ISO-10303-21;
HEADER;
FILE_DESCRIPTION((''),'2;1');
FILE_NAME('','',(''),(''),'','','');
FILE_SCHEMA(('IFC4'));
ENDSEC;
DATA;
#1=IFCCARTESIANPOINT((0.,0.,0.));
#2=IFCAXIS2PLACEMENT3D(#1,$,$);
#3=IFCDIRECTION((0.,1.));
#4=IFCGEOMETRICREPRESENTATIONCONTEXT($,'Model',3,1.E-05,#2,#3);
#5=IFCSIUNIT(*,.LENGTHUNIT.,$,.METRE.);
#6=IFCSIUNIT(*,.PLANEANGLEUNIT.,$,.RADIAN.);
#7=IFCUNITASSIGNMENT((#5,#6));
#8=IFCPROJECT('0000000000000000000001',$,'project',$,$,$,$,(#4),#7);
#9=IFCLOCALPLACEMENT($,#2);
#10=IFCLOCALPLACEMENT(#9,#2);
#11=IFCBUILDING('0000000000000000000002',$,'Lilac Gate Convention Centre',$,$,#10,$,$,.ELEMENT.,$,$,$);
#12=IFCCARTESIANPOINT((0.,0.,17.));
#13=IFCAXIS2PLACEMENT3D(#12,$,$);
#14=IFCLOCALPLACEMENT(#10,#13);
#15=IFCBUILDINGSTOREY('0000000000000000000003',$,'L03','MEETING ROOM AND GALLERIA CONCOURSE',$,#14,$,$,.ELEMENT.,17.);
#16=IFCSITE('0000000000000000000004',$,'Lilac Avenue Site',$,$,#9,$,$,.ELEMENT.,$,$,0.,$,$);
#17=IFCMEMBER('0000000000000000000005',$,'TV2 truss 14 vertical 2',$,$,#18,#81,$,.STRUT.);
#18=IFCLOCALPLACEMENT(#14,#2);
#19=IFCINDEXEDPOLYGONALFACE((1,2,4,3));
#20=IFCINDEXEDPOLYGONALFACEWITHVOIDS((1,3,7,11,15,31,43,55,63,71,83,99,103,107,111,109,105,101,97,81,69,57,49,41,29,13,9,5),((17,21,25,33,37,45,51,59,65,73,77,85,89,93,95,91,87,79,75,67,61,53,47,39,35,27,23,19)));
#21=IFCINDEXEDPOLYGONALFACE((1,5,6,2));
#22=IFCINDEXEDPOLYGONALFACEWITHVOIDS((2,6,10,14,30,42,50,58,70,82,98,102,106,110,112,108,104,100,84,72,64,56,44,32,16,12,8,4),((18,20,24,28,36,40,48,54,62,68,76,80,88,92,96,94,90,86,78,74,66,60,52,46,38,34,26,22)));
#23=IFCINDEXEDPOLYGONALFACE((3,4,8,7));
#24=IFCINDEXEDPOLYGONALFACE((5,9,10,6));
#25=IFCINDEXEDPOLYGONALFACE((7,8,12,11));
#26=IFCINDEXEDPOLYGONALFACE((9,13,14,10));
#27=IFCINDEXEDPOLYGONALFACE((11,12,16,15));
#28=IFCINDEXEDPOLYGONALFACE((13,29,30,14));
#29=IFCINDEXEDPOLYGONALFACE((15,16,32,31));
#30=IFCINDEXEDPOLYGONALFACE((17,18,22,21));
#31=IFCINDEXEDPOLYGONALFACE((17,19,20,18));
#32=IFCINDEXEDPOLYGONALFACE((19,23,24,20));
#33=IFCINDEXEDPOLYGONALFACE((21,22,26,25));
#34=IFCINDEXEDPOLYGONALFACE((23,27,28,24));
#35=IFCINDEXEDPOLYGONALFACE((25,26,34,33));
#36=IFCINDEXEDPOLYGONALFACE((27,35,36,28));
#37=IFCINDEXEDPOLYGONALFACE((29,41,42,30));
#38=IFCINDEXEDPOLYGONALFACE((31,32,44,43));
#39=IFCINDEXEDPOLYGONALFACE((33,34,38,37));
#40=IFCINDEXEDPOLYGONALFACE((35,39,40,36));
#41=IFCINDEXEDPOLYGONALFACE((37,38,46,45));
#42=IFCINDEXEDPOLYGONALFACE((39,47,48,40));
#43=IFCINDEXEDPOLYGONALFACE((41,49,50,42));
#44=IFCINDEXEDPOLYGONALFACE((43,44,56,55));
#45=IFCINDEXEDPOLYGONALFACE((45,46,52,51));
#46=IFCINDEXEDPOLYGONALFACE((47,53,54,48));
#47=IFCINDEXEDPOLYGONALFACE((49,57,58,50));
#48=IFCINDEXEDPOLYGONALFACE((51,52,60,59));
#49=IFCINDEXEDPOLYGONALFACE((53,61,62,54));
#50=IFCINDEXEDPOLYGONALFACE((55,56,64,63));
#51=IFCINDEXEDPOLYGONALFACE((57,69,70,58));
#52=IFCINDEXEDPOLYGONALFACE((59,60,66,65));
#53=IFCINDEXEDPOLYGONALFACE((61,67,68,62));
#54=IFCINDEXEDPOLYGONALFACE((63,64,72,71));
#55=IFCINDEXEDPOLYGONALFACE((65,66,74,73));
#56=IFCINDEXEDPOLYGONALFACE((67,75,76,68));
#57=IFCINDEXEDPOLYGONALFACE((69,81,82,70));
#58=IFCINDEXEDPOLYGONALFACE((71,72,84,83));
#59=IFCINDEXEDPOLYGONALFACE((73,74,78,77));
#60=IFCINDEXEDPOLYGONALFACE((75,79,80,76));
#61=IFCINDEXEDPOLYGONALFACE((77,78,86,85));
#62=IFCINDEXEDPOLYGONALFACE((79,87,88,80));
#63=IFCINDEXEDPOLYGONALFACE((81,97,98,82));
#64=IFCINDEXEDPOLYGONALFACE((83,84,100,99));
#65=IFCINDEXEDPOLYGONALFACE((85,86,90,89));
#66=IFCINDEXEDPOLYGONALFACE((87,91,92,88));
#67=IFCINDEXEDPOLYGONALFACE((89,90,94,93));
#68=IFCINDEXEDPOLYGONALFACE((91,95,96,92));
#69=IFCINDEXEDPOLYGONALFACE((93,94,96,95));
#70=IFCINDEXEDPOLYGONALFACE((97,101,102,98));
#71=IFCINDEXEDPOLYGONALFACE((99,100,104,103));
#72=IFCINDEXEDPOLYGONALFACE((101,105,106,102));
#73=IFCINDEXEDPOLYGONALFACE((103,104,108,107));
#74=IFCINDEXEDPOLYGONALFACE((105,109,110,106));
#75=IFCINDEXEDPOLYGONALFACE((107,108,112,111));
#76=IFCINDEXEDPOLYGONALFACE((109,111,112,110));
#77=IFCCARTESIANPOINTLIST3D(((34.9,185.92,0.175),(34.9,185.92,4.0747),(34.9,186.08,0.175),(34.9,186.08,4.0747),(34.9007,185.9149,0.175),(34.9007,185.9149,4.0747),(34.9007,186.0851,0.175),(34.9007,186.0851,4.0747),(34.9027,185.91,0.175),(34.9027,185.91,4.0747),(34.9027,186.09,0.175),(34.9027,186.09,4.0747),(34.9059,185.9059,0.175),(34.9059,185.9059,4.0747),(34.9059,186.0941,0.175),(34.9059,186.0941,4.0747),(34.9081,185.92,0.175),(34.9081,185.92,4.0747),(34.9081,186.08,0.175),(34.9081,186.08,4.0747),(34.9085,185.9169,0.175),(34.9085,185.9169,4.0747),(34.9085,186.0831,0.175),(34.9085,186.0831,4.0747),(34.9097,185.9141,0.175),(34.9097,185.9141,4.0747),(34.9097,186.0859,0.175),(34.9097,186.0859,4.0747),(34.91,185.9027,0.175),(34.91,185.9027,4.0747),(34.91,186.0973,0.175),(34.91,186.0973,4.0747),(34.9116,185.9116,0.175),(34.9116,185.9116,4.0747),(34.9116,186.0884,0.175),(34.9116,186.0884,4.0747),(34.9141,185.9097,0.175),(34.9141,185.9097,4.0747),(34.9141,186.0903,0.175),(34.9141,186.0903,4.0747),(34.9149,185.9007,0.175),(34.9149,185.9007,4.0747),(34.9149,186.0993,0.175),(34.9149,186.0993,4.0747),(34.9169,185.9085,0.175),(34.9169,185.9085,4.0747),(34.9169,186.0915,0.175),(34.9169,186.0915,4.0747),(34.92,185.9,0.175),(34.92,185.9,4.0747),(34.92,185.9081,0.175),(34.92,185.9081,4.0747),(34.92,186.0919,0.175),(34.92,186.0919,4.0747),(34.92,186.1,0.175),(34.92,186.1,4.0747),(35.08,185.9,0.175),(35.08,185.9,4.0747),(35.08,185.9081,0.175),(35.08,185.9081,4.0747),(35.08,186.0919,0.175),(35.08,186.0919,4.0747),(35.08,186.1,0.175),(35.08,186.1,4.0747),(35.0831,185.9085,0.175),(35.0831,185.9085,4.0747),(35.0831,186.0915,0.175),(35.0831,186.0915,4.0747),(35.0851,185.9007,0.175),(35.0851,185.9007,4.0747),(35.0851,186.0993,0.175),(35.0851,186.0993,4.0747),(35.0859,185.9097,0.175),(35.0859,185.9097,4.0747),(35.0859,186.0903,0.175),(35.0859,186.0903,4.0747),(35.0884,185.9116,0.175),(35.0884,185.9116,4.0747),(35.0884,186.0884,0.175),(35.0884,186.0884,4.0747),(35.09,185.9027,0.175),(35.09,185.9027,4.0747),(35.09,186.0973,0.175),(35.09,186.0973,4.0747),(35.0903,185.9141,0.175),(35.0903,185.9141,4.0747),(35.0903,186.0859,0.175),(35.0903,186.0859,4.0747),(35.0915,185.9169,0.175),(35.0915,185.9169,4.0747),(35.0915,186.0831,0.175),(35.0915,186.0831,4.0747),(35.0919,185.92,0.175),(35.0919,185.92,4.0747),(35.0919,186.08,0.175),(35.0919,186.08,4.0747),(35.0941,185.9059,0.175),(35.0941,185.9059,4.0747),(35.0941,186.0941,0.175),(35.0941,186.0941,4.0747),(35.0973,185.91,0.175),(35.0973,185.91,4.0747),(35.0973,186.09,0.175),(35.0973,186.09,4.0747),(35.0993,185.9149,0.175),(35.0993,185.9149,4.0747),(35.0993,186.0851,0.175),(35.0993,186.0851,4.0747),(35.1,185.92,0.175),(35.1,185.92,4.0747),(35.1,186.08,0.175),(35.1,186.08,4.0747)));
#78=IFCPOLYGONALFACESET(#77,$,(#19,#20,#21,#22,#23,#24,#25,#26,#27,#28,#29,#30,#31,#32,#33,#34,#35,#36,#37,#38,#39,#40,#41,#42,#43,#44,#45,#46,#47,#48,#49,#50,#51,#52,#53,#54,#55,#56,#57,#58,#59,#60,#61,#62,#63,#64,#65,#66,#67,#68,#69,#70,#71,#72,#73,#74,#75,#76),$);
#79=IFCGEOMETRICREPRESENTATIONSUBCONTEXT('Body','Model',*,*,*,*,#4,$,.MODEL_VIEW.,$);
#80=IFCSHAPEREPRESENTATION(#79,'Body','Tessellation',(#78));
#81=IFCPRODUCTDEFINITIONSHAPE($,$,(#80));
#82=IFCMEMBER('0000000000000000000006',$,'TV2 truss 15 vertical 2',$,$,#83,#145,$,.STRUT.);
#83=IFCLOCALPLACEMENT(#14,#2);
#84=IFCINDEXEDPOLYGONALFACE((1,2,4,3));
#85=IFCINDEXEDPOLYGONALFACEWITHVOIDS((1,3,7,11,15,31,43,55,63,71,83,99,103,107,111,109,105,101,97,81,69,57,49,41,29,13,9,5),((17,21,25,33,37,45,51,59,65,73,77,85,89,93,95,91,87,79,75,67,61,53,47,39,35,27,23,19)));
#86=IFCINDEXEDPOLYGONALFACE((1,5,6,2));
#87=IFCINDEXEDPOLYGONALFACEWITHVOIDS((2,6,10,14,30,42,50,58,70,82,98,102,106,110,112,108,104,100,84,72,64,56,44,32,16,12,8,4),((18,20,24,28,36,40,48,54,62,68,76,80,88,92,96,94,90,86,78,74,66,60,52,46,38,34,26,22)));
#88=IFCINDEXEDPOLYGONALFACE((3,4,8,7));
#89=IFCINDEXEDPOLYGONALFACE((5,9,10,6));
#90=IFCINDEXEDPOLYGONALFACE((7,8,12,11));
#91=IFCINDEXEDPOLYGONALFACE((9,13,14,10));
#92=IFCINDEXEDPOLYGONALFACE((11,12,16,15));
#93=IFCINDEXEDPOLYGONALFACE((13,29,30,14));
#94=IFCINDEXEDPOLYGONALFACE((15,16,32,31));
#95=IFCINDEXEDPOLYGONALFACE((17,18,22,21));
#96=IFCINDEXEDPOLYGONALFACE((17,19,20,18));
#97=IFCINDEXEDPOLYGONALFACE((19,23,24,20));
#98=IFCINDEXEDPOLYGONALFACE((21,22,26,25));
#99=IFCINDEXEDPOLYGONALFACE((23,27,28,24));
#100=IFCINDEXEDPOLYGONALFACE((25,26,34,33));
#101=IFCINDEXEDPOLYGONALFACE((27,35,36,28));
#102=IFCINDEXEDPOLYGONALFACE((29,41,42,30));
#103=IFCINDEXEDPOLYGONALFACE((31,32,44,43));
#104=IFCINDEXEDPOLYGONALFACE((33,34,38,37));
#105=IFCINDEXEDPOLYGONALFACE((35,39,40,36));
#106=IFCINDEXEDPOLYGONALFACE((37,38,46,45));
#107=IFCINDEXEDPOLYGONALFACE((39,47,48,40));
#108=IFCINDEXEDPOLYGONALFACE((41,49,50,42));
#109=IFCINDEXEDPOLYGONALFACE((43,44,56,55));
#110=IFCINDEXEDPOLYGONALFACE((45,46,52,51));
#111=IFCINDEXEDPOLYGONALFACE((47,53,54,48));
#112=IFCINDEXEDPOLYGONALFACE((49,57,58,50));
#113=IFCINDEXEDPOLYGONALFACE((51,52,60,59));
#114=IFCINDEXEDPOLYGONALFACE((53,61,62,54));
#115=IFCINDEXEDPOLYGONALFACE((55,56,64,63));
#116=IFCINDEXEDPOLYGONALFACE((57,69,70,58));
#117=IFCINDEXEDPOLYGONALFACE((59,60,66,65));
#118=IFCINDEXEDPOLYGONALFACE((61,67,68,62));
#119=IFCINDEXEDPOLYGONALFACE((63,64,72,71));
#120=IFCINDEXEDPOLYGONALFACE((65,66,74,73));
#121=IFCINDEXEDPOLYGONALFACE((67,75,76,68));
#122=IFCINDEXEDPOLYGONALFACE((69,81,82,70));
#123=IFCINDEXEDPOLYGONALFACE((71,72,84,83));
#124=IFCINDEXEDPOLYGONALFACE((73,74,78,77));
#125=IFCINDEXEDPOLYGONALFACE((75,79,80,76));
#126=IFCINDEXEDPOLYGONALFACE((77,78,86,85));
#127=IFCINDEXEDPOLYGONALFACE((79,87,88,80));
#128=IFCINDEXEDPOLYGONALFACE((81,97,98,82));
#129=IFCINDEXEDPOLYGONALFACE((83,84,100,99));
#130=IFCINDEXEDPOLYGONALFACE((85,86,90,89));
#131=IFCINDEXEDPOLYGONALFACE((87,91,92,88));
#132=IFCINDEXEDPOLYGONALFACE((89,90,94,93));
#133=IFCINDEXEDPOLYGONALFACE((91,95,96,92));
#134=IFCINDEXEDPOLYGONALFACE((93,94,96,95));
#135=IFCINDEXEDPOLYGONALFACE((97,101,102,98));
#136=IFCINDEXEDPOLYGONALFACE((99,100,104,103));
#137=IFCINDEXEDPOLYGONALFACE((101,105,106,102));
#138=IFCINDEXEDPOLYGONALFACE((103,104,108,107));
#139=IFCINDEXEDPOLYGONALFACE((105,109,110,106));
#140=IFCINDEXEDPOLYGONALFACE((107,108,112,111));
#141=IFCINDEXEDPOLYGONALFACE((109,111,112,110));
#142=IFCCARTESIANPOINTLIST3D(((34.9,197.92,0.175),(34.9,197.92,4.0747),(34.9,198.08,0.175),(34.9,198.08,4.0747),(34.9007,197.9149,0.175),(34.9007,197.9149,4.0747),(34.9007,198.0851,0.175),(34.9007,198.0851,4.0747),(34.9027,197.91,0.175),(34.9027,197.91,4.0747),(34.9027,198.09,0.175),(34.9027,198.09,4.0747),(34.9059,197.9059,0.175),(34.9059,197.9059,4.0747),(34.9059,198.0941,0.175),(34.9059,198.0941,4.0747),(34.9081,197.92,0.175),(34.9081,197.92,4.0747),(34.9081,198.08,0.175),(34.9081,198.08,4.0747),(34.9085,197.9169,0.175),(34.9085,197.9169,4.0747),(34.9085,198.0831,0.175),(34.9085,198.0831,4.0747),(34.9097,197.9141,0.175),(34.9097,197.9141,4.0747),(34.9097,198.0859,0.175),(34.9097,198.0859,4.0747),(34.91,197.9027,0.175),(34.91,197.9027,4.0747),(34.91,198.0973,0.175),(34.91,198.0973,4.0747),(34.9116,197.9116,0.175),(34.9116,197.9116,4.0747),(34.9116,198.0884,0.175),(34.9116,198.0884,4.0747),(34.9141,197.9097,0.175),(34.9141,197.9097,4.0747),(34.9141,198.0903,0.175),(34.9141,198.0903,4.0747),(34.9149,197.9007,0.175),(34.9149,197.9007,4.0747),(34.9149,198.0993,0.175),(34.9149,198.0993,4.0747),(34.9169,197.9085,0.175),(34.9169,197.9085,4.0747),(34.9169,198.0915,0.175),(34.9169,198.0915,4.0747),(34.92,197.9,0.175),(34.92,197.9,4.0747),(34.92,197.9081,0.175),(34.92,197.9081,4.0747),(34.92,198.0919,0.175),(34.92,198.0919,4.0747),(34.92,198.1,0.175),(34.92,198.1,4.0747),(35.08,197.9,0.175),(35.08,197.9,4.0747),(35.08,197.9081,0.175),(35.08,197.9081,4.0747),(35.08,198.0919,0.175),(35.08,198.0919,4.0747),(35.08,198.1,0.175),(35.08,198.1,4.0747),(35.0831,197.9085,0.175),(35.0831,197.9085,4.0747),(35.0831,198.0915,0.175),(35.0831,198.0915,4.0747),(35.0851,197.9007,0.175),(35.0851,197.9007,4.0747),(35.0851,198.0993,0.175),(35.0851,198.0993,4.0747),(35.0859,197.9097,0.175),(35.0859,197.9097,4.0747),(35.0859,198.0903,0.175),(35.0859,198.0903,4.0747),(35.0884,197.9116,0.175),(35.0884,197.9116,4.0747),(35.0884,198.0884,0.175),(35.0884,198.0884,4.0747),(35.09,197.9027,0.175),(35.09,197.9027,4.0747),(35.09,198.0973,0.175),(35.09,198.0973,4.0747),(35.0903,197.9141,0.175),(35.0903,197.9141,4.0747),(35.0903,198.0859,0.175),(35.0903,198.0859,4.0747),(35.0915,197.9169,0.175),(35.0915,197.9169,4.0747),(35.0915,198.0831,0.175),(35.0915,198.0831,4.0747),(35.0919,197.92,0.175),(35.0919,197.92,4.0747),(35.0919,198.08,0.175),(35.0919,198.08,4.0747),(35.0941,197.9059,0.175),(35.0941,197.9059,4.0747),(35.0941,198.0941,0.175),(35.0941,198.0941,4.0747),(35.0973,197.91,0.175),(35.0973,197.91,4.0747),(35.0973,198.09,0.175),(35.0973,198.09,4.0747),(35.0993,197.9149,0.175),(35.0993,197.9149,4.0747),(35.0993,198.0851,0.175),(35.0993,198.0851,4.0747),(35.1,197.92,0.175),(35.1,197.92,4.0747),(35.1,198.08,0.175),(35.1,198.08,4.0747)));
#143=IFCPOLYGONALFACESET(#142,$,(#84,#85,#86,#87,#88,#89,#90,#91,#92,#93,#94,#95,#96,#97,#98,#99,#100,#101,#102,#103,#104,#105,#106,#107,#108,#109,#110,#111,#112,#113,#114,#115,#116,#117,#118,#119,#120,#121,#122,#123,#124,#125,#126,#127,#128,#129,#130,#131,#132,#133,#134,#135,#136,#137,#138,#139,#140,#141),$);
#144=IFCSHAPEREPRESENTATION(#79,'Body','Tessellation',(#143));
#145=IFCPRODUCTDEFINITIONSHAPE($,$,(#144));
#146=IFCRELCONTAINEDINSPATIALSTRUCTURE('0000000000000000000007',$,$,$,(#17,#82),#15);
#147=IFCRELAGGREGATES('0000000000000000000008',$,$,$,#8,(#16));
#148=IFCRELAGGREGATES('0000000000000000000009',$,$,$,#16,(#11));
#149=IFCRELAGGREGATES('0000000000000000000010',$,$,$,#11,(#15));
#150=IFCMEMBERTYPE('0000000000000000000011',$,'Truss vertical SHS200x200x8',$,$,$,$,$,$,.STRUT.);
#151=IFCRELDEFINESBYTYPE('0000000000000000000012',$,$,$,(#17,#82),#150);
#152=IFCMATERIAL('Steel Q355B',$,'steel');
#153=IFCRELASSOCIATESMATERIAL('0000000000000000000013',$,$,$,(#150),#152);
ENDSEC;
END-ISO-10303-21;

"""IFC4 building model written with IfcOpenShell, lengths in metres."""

from ifc_helpers import new_model, si_unit, direction, frame, origin, origin_2d, place, context, subcontext, project, spatial, hollow_rectangle, extrude, material, material_profile, profile_set, type_object, element, save


model = new_model("IFC4")

# Units and contexts
model_context = context("Model", 3, precision=1e-05, world=origin(), true_north=direction((0.0, 1.0)))
body_context = subcontext(model_context, "Body", "Model", "MODEL_VIEW")
ifc_project = project(units=[si_unit("LENGTHUNIT", "METRE"), si_unit("PLANEANGLEUNIT", "RADIAN")], contexts=[model_context])

# Site, building, storey
site_placement = place(None, origin())
site = spatial("IfcSite", under=ifc_project, at=site_placement, Name="Lilac Avenue Site", CompositionType="ELEMENT", RefElevation=0.0)
building_placement = place(site_placement, origin())
building = spatial("IfcBuilding", under=site, at=building_placement, Name="Lilac Gate Convention Centre", CompositionType="ELEMENT")
storey_placement = place(building_placement, frame((0.0, 0.0, 17.0)))
storey = spatial("IfcBuildingStorey", under=building, at=storey_placement, Name="L03", Description="MEETING ROOM AND GALLERIA CONCOURSE", CompositionType="ELEMENT", Elevation=17.0)

# Members
ifc_material = material(Name="Steel Q355B", Category="steel")
ifc_material_profile_1 = material_profile(ifc_material, hollow_rectangle(XDim=0.2, YDim=0.2, WallThickness=0.0081, InnerFilletRadius=0.012, OuterFilletRadius=0.02, at=origin_2d()), Name="SHS200x200x8")
ifc_profile_set_1 = profile_set([ifc_material_profile_1], Name="Steel Q355B")
member_type_1 = type_object("IfcMemberType", Name="Truss vertical SHS200x200x8", PredefinedType="STRUT", material=ifc_profile_set_1)
for number, where, z_axis, x_axis, name in (
    (1, (35.0, 186.0, 0.175), (0.0, 0.0, 1.0), (1.0, 0.0, 0.0), "TV2 truss 14 vertical 2"),
    (2, (35.0, 198.0, 0.175), (0.0, 0.0, 1.0), (1.0, 0.0, 0.0), "TV2 truss 15 vertical 2"),
):
    element("IfcMember", number, at=place(storey_placement, frame(where, z_axis=z_axis, x_axis=x_axis)), inside=storey, type_object=member_type_1, Name=name, PredefinedType="STRUT", context=body_context, shape_type="SweptSolid", body=[
        extrude(hollow_rectangle(XDim=0.2, YDim=0.2, WallThickness=0.0081, InnerFilletRadius=0.012, OuterFilletRadius=0.02, at=origin_2d()), origin(), (0.0, 0.0, 1.0), 3.8997),
    ])

save(model, "model.ifc")
